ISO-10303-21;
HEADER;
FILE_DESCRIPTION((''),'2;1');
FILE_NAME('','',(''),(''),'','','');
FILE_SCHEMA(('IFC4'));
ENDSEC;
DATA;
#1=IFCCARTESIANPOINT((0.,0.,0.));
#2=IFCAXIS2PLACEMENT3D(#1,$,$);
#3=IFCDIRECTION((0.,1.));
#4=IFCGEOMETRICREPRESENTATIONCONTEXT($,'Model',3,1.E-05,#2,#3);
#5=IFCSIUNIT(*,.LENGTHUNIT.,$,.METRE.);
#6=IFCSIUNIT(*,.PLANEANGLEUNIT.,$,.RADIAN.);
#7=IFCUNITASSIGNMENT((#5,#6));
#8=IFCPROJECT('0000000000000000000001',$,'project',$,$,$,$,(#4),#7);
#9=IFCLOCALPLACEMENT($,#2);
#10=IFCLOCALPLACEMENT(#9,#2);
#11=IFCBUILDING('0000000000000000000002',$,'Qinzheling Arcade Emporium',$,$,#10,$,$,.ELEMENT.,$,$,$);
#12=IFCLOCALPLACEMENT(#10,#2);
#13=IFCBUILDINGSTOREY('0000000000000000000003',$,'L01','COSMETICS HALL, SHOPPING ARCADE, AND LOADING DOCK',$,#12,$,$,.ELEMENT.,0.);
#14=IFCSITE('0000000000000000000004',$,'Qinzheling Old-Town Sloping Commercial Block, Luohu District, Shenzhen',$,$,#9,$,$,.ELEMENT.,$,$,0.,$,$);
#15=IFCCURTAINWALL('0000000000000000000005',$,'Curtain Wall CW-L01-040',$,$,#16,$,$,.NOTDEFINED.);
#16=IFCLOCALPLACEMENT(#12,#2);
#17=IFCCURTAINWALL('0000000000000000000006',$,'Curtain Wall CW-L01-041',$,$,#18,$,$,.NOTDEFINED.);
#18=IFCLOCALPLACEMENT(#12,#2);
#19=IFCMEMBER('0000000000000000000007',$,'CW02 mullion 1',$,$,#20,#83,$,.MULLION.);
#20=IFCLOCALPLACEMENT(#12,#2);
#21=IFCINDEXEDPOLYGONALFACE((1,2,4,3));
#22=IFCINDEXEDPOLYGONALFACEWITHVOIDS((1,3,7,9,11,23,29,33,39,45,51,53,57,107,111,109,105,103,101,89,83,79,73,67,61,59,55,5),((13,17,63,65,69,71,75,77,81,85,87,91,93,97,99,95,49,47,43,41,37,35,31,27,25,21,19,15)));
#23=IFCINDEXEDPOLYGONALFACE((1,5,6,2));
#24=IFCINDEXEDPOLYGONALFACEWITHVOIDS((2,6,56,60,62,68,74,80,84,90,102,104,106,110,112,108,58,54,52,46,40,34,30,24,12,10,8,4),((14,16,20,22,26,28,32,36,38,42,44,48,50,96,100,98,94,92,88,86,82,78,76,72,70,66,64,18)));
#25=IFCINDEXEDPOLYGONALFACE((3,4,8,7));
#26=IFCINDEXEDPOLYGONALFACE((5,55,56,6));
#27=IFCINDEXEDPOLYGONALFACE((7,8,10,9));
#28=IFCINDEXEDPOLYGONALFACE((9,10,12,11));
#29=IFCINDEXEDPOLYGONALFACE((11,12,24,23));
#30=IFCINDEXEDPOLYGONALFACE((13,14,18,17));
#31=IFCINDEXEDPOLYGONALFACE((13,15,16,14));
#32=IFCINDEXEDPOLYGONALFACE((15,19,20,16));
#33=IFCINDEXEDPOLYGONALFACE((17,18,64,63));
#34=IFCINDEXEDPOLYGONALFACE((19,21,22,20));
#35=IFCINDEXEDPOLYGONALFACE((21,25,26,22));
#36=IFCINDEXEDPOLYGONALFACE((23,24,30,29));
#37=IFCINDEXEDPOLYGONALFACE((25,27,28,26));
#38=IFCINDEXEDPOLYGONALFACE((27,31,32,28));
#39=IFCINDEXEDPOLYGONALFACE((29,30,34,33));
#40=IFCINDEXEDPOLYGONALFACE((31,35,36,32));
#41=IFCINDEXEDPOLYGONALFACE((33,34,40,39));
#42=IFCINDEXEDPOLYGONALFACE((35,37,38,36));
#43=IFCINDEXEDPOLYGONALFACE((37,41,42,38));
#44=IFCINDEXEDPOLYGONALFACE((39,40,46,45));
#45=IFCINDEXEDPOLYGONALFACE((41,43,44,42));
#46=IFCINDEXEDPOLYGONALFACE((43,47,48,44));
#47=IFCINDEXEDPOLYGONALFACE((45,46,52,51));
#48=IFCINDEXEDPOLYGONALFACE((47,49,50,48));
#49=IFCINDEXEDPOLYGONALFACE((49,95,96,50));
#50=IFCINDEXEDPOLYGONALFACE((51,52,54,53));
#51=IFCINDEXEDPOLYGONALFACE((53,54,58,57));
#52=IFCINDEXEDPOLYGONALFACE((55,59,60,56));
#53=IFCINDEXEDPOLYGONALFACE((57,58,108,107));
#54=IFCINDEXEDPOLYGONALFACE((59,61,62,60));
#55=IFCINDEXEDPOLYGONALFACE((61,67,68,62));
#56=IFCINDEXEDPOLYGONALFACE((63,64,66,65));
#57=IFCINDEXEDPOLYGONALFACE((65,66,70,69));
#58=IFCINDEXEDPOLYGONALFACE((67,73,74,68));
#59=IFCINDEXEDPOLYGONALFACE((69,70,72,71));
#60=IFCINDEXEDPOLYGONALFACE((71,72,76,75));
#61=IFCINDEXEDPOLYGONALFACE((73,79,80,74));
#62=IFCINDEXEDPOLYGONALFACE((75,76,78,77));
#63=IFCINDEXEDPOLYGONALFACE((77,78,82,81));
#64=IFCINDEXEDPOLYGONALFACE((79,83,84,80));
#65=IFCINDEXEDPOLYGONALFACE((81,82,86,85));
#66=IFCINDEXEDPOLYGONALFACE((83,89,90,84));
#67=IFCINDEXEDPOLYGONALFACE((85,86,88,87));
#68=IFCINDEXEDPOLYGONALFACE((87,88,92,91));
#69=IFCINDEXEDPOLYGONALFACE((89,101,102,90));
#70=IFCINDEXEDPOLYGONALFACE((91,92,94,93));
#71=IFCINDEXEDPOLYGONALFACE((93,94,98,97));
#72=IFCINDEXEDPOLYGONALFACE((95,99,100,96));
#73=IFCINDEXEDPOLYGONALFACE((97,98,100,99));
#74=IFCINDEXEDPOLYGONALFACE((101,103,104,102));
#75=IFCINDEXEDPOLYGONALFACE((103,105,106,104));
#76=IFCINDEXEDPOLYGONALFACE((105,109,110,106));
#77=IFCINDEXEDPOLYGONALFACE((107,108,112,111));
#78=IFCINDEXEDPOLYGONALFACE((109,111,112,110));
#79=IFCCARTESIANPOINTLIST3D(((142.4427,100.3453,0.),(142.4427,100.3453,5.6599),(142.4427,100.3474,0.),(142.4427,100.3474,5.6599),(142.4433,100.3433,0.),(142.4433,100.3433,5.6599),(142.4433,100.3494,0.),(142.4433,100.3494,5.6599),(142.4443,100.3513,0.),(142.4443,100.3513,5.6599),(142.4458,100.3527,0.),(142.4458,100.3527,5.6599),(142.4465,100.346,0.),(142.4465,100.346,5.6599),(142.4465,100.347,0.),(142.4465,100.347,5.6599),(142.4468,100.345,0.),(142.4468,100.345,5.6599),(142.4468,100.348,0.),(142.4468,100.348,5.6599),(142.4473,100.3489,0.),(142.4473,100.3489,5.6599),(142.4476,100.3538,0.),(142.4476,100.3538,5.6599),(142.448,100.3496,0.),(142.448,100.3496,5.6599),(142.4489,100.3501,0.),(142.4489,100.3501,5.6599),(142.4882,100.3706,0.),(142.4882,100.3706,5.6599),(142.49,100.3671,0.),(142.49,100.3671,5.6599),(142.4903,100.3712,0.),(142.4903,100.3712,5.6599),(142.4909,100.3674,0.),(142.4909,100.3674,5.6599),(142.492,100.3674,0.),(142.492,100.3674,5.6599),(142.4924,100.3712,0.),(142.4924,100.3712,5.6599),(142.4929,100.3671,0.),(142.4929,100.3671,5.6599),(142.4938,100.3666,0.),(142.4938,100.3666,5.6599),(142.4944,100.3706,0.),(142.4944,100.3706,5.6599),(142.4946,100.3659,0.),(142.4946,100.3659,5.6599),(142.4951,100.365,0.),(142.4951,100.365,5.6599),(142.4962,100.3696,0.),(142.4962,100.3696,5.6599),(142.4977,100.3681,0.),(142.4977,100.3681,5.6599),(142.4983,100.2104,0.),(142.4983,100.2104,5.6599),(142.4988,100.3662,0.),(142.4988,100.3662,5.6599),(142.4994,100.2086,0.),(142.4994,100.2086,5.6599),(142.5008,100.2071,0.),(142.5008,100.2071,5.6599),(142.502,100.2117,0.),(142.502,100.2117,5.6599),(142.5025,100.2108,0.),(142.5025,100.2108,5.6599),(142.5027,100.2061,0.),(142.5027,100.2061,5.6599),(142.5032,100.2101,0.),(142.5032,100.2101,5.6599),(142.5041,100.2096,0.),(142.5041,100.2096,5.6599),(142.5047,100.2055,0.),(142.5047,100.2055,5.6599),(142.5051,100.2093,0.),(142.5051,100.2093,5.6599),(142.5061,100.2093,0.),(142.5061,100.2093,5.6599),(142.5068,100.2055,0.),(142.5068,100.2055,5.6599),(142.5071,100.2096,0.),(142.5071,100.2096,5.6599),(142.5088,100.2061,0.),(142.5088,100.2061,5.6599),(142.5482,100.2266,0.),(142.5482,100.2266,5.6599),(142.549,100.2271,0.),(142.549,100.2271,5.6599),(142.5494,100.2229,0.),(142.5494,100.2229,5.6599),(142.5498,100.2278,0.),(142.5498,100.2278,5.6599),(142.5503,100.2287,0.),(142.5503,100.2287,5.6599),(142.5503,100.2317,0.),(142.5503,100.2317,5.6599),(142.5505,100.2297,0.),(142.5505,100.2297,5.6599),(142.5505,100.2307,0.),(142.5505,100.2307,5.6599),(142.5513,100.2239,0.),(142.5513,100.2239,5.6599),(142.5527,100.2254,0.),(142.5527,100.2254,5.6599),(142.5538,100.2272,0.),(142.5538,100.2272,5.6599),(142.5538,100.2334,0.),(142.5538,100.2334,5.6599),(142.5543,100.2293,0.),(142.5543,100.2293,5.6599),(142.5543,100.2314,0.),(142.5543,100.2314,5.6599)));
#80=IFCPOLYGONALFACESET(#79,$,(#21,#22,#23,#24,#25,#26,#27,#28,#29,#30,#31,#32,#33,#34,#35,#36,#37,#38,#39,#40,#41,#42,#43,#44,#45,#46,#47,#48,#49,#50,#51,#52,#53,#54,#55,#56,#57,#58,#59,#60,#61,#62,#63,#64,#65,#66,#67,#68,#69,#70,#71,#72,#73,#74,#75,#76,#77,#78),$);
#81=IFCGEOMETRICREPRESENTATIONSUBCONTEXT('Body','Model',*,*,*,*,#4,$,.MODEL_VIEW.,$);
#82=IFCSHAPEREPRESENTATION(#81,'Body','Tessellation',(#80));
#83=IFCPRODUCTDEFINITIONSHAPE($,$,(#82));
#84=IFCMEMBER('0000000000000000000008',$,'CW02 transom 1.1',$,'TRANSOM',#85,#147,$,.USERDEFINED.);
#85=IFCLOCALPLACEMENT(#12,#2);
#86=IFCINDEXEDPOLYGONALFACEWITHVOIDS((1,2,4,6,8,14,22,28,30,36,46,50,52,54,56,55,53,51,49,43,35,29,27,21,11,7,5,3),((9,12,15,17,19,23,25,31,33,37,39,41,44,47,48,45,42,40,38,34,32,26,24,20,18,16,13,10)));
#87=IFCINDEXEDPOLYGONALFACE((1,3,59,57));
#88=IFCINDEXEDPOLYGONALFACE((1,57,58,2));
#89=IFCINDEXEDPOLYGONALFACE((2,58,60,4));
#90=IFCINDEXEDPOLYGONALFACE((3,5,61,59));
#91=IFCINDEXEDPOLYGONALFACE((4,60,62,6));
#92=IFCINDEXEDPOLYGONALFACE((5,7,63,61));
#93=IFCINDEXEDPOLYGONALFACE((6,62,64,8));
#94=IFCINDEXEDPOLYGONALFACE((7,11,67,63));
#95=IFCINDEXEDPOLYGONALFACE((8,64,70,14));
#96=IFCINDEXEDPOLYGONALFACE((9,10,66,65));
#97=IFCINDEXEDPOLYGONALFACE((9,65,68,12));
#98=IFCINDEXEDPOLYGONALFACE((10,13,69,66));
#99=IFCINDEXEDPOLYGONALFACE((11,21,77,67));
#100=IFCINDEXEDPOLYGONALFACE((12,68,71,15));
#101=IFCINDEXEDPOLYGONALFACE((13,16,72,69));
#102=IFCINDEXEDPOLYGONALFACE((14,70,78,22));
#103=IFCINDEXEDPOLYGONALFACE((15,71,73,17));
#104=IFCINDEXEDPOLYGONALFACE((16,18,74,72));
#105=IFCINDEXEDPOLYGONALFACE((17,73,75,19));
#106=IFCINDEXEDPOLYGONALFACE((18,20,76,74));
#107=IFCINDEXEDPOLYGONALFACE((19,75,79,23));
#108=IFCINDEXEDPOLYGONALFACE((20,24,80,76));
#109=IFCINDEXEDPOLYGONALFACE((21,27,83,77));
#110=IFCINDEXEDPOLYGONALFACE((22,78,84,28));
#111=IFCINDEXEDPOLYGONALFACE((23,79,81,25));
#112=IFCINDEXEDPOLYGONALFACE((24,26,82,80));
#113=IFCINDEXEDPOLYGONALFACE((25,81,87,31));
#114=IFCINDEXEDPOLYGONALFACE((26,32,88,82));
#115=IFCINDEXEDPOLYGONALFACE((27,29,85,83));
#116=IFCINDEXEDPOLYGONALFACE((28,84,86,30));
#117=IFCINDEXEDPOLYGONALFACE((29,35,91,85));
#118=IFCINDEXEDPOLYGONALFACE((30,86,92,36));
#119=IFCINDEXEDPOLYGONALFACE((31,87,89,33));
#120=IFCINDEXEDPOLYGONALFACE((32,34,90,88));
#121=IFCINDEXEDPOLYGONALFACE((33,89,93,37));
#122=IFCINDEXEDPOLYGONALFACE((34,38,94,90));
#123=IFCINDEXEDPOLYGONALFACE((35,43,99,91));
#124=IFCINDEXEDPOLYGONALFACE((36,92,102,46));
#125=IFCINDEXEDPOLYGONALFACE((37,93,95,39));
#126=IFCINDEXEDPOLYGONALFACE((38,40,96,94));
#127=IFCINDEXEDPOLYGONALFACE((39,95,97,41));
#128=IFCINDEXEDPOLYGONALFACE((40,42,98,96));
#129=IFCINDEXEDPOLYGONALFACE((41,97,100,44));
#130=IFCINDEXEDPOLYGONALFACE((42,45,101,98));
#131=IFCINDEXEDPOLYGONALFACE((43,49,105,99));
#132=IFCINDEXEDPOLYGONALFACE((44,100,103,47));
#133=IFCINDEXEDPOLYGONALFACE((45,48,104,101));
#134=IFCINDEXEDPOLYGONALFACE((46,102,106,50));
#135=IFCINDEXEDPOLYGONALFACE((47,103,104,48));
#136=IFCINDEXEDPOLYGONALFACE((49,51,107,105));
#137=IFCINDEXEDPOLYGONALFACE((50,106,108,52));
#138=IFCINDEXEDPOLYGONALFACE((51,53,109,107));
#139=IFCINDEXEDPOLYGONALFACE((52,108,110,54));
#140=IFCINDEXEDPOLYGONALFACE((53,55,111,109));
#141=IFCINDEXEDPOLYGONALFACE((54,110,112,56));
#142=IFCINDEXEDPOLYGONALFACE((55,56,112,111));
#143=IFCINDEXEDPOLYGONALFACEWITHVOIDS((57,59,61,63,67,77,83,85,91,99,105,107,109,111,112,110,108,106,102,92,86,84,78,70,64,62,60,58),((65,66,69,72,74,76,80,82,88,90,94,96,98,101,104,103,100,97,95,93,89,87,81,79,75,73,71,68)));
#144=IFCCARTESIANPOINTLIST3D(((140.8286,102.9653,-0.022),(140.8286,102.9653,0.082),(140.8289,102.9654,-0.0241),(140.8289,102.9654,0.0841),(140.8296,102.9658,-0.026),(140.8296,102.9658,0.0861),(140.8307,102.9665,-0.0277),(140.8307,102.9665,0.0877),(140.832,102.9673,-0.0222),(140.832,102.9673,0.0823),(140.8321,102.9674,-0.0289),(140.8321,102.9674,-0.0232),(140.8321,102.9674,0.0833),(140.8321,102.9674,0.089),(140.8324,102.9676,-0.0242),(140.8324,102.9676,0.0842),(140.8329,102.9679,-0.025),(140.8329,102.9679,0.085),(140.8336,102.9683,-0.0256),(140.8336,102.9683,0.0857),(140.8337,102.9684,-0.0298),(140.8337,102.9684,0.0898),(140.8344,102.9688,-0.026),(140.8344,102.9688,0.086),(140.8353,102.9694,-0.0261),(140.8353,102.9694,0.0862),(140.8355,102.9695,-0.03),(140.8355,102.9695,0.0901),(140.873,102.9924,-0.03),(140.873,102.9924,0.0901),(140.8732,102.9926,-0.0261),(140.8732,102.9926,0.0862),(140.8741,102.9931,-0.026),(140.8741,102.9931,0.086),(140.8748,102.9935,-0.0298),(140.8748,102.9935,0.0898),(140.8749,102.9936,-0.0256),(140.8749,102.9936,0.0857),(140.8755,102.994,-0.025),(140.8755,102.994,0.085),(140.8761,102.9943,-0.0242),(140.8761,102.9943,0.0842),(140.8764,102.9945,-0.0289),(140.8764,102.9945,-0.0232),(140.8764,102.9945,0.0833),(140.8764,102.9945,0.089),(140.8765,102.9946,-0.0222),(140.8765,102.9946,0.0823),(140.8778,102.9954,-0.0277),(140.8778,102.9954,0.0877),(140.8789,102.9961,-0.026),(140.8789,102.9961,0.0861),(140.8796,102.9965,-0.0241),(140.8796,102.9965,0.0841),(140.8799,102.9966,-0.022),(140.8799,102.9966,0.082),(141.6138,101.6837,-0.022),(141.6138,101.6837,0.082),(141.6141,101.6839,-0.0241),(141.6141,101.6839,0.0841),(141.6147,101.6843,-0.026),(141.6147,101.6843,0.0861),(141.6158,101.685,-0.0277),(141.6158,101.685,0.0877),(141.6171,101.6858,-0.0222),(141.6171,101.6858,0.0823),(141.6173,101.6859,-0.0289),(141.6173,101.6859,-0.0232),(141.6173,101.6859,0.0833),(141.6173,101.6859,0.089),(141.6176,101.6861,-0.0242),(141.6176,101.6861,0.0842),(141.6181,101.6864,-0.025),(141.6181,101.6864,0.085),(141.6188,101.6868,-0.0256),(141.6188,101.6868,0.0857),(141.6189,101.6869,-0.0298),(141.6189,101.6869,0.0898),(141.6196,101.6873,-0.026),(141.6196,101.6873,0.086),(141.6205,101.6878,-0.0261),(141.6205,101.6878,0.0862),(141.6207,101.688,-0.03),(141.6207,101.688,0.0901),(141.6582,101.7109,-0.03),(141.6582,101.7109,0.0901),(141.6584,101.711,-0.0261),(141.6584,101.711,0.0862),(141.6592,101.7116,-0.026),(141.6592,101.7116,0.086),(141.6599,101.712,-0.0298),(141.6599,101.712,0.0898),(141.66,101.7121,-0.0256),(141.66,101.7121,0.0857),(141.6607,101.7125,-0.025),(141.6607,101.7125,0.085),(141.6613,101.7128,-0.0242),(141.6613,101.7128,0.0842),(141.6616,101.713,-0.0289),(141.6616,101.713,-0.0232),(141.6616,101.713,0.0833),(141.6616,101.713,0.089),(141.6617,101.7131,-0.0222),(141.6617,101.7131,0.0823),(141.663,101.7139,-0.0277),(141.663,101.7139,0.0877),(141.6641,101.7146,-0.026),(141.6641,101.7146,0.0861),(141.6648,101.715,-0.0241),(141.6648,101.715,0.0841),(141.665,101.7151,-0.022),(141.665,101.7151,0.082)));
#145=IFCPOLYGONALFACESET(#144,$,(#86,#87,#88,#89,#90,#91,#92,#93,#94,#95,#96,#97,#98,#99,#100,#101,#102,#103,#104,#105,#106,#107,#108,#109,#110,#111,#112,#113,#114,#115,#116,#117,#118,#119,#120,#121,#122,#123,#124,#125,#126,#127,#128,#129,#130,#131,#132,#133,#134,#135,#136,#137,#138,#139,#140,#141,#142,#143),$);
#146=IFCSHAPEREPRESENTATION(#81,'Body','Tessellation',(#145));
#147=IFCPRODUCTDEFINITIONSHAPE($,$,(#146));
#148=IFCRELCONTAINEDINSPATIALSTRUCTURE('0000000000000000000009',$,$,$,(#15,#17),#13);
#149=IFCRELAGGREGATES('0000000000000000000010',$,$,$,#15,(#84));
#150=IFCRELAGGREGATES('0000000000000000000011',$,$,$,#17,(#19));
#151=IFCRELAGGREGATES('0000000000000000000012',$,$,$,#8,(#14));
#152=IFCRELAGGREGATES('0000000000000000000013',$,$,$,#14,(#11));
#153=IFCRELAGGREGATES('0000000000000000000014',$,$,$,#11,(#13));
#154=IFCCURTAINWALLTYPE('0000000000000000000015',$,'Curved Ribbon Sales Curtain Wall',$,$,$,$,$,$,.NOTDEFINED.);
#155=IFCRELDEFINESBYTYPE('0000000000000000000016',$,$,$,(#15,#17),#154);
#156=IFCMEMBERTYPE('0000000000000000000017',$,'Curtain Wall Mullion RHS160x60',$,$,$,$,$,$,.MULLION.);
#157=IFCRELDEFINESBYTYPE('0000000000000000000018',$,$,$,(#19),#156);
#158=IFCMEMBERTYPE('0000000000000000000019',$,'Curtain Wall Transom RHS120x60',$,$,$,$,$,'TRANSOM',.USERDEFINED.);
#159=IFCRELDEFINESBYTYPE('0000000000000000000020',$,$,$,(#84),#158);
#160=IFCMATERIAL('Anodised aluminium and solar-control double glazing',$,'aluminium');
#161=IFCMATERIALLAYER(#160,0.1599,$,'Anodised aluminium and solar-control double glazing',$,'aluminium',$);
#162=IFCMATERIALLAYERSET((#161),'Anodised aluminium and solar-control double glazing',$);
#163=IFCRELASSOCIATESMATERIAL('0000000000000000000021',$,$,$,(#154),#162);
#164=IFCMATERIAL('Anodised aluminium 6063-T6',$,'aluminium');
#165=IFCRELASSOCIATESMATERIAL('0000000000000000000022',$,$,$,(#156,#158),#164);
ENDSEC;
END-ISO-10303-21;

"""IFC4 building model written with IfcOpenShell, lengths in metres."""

from ifc_helpers import new_model, si_unit, direction, frame, origin, origin_2d, place, context, subcontext, project, spatial, hollow_rectangle, extrude, material, layer, layer_set, material_profile, profile_set, type_object, element, aggregate, save


model = new_model("IFC4")

# Units and contexts
model_context = context("Model", 3, precision=1e-05, world=origin(), true_north=direction((0.0, 1.0)))
body_context = subcontext(model_context, "Body", "Model", "MODEL_VIEW")
ifc_project = project(units=[si_unit("LENGTHUNIT", "METRE"), si_unit("PLANEANGLEUNIT", "RADIAN")], contexts=[model_context])

# Site, building, storey
site_placement = place(None, origin())
site = spatial("IfcSite", under=ifc_project, at=site_placement, Name="Qinzheling Old-Town Sloping Commercial Block, Luohu District, Shenzhen", CompositionType="ELEMENT", RefElevation=0.0)
building_placement = place(site_placement, origin())
building = spatial("IfcBuilding", under=site, at=building_placement, Name="Qinzheling Arcade Emporium", CompositionType="ELEMENT")
storey_placement = place(building_placement, origin())
storey = spatial("IfcBuildingStorey", under=building, at=storey_placement, Name="L01", Description="COSMETICS HALL, SHOPPING ARCADE, AND LOADING DOCK", CompositionType="ELEMENT", Elevation=0.0)

# Shared definitions
ifc_material_1 = material(Name="Anodised aluminium and solar-control double glazing", Category="aluminium")
ifc_layer_1 = layer(ifc_material_1, 0.1599, Name="Anodised aluminium and solar-control double glazing", Category="aluminium")
ifc_layer_set_1 = layer_set([ifc_layer_1], Name="Anodised aluminium and solar-control double glazing")
curtain_wall_type = type_object("IfcCurtainWallType", Name="Curved Ribbon Sales Curtain Wall", PredefinedType="NOTDEFINED", material=ifc_layer_set_1)
ifc_material_2 = material(Name="Anodised aluminium 6063-T6", Category="aluminium")
ifc_material_profile_1 = material_profile(ifc_material_2, hollow_rectangle(XDim=0.0601, YDim=0.1599, WallThickness=0.0039, InnerFilletRadius=0.0039, OuterFilletRadius=0.0081, at=origin_2d()), Name="RHS 160x60x4", Category="aluminium")
ifc_profile_set_1 = profile_set([ifc_material_profile_1], Name="Anodised aluminium 6063-T6")
member_type_1 = type_object("IfcMemberType", Name="Curtain Wall Mullion RHS160x60", PredefinedType="MULLION", material=ifc_profile_set_1)

# Curtain wall
curtain_wall_1_placement = place(storey_placement, origin())
curtain_wall_1 = element("IfcCurtainWall", 1, at=curtain_wall_1_placement, inside=storey, type_object=curtain_wall_type, Name="Curtain Wall CW-L01-040", PredefinedType="NOTDEFINED")

# Curtain wall, member
curtain_wall_2_placement = place(storey_placement, origin())
curtain_wall_2 = element("IfcCurtainWall", 2, at=curtain_wall_2_placement, inside=storey, type_object=curtain_wall_type, Name="Curtain Wall CW-L01-041", PredefinedType="NOTDEFINED")
member_1_placement = place(storey_placement, frame((142.4985, 100.2883, 0.0), z_axis=(0.0, 0.0, 1.0), x_axis=(0.923883, 0.382675, 0.0)))
member_1 = element("IfcMember", 3, at=member_1_placement, type_object=member_type_1, Name="CW02 mullion 1", PredefinedType="MULLION", context=body_context, shape_type="SweptSolid", body=[
    extrude(hollow_rectangle(XDim=0.0601, YDim=0.1599, WallThickness=0.0039, InnerFilletRadius=0.0039, OuterFilletRadius=0.0081, at=origin_2d()), origin(), (0.0, 0.0, 1.0), 5.6599),
])

# Member
ifc_material_profile_2 = material_profile(ifc_material_2, hollow_rectangle(XDim=0.0601, YDim=0.1201, WallThickness=0.0039, InnerFilletRadius=0.0039, OuterFilletRadius=0.0081, at=origin_2d()), Name="RHS 120x60x4", Category="aluminium")
ifc_profile_set_2 = profile_set([ifc_material_profile_2], Name="Anodised aluminium 6063-T6")
member_type_2 = type_object("IfcMemberType", Name="Curtain Wall Transom RHS120x60", ElementType="TRANSOM", PredefinedType="USERDEFINED", material=ifc_profile_set_2)
member_2_placement = place(storey_placement, frame((140.8542, 102.981, 0.03), z_axis=(0.522429, -0.852683, 0.0), x_axis=(0.852683, 0.522429, 0.0)))
member_2 = element("IfcMember", 4, at=member_2_placement, type_object=member_type_2, Name="CW02 transom 1.1", ObjectType="TRANSOM", PredefinedType="USERDEFINED", context=body_context, shape_type="SweptSolid", body=[
    extrude(hollow_rectangle(XDim=0.0601, YDim=0.1201, WallThickness=0.0039, InnerFilletRadius=0.0039, OuterFilletRadius=0.0081, at=origin_2d()), origin(), (0.0, 0.0, 1.0), 1.5029),
])

aggregate(curtain_wall_1, [member_2])
aggregate(curtain_wall_2, [member_1])

save(model, "model.ifc")
